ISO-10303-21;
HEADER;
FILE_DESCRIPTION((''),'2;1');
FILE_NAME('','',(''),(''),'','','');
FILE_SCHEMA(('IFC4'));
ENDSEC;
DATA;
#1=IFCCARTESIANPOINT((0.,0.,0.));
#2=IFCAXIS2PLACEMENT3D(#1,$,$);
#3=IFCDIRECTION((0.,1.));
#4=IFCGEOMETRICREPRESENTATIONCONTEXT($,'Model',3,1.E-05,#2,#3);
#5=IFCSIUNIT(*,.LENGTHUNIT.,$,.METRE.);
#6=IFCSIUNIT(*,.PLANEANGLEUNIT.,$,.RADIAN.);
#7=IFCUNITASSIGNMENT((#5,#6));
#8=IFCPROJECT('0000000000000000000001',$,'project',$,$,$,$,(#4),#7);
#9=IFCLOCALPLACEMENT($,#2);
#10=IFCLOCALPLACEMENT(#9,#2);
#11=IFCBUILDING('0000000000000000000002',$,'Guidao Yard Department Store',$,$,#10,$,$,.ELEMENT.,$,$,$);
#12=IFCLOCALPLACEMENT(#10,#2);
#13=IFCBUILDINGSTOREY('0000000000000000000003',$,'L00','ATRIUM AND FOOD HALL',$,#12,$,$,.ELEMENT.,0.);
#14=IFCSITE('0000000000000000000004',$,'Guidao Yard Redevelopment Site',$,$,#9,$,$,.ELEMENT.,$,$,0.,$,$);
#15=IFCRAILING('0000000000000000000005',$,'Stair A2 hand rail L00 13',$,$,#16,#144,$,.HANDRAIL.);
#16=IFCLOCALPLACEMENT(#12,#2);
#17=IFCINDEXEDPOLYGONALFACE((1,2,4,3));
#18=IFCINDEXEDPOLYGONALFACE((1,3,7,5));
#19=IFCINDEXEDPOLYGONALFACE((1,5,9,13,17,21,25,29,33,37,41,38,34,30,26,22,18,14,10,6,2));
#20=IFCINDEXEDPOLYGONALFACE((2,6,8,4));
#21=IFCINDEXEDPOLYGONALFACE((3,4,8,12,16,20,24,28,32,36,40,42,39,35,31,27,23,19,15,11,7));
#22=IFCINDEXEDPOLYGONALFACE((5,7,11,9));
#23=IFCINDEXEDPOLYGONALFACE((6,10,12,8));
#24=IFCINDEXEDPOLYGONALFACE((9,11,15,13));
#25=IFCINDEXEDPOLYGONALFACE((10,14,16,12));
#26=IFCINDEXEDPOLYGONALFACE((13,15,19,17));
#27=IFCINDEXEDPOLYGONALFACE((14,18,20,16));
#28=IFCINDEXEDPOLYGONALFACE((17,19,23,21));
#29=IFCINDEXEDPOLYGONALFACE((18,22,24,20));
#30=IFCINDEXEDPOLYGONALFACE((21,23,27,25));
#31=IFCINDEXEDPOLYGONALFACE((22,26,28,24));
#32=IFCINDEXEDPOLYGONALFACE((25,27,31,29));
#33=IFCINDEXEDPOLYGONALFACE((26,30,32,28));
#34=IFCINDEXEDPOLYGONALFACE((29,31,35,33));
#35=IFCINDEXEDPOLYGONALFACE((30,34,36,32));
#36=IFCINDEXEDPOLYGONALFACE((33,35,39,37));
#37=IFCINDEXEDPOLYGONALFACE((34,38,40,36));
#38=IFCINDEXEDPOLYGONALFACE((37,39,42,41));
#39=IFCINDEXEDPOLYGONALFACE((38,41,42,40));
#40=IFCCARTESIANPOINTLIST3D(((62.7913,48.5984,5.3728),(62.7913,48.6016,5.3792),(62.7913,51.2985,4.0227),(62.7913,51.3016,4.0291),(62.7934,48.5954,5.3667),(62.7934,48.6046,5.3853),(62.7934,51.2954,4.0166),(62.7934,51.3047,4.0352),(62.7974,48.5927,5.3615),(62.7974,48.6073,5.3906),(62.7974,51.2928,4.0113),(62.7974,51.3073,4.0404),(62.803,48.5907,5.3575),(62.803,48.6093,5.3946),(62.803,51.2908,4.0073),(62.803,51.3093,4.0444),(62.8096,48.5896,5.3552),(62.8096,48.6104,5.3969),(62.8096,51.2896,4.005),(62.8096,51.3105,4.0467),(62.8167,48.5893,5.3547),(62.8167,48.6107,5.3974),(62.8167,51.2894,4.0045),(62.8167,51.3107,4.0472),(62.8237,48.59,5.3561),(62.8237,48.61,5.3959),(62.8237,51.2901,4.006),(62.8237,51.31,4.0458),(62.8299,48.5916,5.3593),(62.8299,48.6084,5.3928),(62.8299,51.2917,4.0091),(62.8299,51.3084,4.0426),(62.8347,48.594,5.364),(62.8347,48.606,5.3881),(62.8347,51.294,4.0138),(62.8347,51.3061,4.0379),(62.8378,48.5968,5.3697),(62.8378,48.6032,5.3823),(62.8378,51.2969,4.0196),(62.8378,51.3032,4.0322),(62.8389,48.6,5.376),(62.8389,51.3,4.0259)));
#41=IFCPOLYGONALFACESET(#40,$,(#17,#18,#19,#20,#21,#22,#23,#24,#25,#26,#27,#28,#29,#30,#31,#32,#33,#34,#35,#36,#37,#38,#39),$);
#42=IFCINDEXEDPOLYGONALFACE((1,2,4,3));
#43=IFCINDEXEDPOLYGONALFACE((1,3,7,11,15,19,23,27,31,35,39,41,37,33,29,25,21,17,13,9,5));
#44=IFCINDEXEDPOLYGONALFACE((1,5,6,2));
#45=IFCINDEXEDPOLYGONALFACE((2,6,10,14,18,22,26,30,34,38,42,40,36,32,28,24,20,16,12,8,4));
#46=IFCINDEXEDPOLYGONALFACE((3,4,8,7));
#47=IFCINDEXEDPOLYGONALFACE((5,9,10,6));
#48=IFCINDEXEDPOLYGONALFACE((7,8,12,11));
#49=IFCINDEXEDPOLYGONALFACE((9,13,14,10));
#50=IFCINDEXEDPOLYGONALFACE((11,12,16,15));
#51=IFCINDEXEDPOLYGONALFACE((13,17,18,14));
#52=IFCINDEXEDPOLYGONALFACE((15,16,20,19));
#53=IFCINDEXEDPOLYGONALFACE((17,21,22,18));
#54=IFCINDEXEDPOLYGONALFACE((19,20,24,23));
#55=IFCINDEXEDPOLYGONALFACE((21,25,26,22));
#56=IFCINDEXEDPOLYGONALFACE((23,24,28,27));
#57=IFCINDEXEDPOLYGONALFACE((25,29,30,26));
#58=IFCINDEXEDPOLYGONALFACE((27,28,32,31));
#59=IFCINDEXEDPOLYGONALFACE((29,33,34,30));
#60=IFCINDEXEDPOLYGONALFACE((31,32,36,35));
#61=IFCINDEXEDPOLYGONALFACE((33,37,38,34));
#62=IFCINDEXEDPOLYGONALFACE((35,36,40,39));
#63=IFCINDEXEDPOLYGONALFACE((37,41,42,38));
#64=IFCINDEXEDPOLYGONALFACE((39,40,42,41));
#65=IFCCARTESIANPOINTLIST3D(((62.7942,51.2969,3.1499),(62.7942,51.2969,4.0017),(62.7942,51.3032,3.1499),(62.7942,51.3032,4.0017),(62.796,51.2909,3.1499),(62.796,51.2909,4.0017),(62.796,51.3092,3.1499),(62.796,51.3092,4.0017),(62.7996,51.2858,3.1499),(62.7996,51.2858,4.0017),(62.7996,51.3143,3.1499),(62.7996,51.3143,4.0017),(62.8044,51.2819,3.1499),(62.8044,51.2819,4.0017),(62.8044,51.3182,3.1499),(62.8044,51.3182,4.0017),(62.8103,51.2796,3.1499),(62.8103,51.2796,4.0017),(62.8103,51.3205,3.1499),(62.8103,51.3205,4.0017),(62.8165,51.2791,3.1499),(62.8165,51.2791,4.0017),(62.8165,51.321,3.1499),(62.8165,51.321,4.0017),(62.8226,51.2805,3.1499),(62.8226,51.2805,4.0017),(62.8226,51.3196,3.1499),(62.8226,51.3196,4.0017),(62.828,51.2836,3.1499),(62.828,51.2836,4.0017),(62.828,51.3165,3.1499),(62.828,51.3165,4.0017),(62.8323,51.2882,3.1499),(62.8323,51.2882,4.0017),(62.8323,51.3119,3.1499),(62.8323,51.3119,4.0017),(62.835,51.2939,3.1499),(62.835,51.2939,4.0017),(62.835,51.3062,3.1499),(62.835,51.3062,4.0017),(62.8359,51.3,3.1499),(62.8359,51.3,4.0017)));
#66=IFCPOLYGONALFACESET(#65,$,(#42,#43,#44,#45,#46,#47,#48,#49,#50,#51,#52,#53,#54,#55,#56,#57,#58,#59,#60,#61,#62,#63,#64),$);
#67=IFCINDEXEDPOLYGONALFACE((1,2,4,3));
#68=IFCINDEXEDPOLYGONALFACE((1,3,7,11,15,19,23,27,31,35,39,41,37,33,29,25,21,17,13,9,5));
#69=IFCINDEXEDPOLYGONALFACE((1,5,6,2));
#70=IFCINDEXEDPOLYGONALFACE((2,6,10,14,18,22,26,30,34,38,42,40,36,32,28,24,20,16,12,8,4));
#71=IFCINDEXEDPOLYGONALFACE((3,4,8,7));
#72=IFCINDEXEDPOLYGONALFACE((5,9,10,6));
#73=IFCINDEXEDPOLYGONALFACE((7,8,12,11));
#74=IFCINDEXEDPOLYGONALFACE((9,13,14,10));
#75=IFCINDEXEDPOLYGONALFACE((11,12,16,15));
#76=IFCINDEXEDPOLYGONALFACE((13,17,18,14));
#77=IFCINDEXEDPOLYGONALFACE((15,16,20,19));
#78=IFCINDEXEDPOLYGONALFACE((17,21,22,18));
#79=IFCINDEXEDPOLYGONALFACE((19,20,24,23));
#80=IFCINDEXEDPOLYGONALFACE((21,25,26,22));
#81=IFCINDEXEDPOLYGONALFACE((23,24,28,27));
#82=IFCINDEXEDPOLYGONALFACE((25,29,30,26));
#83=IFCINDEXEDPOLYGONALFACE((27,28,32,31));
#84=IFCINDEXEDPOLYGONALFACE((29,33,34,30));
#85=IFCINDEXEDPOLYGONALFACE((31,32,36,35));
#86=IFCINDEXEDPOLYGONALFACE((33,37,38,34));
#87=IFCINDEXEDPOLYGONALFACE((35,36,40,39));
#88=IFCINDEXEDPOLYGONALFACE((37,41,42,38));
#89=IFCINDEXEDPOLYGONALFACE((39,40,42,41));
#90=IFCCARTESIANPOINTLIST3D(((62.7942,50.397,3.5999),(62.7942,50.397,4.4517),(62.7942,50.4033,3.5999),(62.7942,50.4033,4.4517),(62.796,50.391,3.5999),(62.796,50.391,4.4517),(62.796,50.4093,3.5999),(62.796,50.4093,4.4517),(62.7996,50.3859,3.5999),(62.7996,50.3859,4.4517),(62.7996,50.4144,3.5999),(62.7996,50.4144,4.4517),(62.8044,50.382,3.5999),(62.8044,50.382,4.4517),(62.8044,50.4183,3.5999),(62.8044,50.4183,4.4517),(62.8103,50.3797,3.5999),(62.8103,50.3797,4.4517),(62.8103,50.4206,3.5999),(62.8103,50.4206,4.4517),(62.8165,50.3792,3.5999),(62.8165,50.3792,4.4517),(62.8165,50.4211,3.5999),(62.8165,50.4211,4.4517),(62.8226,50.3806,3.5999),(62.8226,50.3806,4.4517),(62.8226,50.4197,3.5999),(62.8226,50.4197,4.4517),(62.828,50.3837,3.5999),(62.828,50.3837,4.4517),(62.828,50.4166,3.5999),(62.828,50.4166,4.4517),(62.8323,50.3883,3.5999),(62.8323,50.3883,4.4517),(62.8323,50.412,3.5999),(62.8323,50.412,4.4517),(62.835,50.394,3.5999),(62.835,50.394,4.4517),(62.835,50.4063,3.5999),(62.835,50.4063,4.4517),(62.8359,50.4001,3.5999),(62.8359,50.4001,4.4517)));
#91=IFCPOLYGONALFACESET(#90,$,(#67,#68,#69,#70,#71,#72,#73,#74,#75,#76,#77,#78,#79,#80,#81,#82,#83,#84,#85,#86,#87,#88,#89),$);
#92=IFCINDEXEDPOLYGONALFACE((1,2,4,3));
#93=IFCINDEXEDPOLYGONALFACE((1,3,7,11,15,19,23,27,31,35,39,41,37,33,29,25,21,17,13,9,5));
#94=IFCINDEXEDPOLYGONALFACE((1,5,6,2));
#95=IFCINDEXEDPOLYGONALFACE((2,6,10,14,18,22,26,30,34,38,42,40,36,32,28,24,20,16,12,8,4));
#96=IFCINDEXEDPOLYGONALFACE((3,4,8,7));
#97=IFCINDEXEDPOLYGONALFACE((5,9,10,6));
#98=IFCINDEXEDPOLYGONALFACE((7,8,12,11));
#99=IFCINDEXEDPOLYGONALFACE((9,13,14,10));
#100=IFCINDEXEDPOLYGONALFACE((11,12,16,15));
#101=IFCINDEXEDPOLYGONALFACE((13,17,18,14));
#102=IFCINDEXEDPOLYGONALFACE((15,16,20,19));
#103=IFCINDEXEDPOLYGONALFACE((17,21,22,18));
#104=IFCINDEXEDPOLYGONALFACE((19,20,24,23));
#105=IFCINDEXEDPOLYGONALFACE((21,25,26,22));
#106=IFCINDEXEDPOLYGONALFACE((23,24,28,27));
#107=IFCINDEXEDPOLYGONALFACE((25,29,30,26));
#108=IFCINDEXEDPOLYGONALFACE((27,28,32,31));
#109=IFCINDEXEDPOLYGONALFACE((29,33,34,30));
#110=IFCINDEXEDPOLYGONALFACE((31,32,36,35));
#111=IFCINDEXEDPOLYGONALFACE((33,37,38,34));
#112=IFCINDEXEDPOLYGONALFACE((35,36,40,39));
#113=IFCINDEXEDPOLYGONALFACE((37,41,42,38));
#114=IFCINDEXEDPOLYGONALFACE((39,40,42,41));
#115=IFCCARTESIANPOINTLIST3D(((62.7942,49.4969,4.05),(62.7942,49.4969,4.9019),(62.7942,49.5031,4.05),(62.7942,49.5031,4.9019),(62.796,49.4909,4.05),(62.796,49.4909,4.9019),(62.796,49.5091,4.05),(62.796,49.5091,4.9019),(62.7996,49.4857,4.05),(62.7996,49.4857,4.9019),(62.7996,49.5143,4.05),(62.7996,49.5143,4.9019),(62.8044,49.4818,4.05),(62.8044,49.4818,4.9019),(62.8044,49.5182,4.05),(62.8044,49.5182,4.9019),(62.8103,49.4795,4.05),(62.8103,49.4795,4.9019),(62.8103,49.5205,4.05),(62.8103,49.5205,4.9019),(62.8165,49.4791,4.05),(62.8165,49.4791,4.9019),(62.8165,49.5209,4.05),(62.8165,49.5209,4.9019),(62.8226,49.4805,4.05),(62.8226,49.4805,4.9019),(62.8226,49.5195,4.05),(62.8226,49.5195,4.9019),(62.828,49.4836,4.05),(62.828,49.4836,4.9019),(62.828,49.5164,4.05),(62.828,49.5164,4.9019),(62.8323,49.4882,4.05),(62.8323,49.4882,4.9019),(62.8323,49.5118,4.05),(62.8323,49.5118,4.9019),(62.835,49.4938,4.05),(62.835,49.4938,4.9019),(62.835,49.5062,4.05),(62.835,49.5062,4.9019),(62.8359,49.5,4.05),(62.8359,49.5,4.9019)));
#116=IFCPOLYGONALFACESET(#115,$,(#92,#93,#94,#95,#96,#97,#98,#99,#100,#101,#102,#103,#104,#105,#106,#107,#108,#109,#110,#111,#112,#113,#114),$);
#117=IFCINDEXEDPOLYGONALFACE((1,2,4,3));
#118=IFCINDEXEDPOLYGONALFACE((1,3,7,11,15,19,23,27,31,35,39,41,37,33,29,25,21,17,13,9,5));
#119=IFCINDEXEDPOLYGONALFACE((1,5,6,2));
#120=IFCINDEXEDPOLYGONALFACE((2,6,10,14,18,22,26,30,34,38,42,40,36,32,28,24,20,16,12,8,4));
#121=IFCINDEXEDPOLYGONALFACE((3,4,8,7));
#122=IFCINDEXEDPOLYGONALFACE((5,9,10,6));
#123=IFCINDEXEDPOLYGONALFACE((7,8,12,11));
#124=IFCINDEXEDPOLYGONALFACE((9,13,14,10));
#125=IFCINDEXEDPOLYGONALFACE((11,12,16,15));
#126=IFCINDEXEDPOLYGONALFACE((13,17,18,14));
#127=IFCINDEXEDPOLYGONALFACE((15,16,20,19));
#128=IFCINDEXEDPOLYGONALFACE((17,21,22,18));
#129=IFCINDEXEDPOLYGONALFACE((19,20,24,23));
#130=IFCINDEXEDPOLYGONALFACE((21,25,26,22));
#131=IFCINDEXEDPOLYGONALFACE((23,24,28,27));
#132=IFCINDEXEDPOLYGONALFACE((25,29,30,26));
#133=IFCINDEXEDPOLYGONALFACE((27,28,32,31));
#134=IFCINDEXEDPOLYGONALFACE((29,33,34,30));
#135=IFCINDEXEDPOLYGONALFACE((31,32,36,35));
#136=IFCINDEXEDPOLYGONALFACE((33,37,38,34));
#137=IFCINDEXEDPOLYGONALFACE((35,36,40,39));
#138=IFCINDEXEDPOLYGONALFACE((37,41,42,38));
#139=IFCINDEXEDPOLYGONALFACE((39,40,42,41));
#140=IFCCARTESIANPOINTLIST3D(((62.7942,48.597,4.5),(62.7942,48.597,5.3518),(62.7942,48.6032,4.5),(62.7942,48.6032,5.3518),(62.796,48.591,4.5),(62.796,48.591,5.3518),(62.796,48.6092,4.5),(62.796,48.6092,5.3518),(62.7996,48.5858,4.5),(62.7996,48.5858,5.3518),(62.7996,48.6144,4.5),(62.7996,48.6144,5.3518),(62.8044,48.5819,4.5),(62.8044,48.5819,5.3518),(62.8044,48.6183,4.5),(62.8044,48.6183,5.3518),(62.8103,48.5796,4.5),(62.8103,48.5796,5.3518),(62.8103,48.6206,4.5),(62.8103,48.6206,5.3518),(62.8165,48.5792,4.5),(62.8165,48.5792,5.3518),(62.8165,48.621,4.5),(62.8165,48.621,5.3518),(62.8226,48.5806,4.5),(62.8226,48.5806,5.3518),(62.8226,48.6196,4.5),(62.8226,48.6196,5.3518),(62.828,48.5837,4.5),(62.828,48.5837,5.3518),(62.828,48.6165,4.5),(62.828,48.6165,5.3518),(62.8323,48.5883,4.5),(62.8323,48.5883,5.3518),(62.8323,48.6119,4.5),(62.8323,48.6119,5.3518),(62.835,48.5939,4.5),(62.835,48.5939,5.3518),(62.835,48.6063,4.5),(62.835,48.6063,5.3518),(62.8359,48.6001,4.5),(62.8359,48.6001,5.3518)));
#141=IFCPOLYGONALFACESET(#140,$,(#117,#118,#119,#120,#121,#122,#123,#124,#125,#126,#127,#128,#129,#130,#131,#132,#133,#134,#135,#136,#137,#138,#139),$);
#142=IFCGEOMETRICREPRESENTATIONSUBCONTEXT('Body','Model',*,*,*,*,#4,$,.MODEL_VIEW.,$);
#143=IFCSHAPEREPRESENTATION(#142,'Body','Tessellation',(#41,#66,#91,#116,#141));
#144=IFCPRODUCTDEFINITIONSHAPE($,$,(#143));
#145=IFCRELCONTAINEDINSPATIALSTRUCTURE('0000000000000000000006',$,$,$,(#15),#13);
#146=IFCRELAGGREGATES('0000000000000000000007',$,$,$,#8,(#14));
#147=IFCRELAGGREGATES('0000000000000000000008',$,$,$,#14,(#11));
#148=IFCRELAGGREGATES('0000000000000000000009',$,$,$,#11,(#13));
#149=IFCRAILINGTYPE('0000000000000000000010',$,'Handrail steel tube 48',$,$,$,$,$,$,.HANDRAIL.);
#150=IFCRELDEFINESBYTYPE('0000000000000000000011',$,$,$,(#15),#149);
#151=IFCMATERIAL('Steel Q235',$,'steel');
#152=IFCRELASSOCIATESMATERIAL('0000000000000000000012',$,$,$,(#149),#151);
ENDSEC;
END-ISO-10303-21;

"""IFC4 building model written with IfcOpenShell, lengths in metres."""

from ifc_helpers import new_model, si_unit, direction, frame, origin, origin_2d, place, context, subcontext, project, spatial, circle, extrude, material, type_object, element, save


model = new_model("IFC4")

# Units and contexts
model_context = context("Model", 3, precision=1e-05, world=origin(), true_north=direction((0.0, 1.0)))
body_context = subcontext(model_context, "Body", "Model", "MODEL_VIEW")
ifc_project = project(units=[si_unit("LENGTHUNIT", "METRE"), si_unit("PLANEANGLEUNIT", "RADIAN")], contexts=[model_context])

# Site, building, storey
site_placement = place(None, origin())
site = spatial("IfcSite", under=ifc_project, at=site_placement, Name="Guidao Yard Redevelopment Site", CompositionType="ELEMENT", RefElevation=0.0)
building_placement = place(site_placement, origin())
building = spatial("IfcBuilding", under=site, at=building_placement, Name="Guidao Yard Department Store", CompositionType="ELEMENT")
storey_placement = place(building_placement, origin())
storey = spatial("IfcBuildingStorey", under=building, at=storey_placement, Name="L00", Description="ATRIUM AND FOOD HALL", CompositionType="ELEMENT", Elevation=0.0)

# Railing
ifc_material_1 = material(Name="Steel Q235", Category="steel")
railing_type = type_object("IfcRailingType", Name="Handrail steel tube 48", PredefinedType="HANDRAIL", material=ifc_material_1)
for number, where, name in (
    (1, (62.8149, 51.3, 3.1499), "Stair A2 hand rail L00 13"),
):
    element("IfcRailing", number, at=place(storey_placement, frame(where)), inside=storey, type_object=railing_type, Name=name, PredefinedType="HANDRAIL", context=body_context, shape_type="SweptSolid", body=[
        extrude(circle(Radius=0.0239, at=origin_2d()), frame((0.0, 0.0, 0.876), z_axis=(0.0, -0.894411, 0.447246), x_axis=(1.0, 0.0, 0.0)), (0.0, 0.0, 1.0), 3.0188),
        extrude(circle(Radius=0.021, at=origin_2d()), origin(), (0.0, 0.0, 1.0), 0.8518),
        extrude(circle(Radius=0.021, at=origin_2d()), frame((0.0, -0.8999, 0.45)), (0.0, 0.0, 1.0), 0.8518),
        extrude(circle(Radius=0.021, at=origin_2d()), frame((0.0, -1.8, 0.9001)), (0.0, 0.0, 1.0), 0.8518),
        extrude(circle(Radius=0.021, at=origin_2d()), frame((0.0, -2.7, 1.3501)), (0.0, 0.0, 1.0), 0.8518),
    ])

save(model, "model.ifc")
